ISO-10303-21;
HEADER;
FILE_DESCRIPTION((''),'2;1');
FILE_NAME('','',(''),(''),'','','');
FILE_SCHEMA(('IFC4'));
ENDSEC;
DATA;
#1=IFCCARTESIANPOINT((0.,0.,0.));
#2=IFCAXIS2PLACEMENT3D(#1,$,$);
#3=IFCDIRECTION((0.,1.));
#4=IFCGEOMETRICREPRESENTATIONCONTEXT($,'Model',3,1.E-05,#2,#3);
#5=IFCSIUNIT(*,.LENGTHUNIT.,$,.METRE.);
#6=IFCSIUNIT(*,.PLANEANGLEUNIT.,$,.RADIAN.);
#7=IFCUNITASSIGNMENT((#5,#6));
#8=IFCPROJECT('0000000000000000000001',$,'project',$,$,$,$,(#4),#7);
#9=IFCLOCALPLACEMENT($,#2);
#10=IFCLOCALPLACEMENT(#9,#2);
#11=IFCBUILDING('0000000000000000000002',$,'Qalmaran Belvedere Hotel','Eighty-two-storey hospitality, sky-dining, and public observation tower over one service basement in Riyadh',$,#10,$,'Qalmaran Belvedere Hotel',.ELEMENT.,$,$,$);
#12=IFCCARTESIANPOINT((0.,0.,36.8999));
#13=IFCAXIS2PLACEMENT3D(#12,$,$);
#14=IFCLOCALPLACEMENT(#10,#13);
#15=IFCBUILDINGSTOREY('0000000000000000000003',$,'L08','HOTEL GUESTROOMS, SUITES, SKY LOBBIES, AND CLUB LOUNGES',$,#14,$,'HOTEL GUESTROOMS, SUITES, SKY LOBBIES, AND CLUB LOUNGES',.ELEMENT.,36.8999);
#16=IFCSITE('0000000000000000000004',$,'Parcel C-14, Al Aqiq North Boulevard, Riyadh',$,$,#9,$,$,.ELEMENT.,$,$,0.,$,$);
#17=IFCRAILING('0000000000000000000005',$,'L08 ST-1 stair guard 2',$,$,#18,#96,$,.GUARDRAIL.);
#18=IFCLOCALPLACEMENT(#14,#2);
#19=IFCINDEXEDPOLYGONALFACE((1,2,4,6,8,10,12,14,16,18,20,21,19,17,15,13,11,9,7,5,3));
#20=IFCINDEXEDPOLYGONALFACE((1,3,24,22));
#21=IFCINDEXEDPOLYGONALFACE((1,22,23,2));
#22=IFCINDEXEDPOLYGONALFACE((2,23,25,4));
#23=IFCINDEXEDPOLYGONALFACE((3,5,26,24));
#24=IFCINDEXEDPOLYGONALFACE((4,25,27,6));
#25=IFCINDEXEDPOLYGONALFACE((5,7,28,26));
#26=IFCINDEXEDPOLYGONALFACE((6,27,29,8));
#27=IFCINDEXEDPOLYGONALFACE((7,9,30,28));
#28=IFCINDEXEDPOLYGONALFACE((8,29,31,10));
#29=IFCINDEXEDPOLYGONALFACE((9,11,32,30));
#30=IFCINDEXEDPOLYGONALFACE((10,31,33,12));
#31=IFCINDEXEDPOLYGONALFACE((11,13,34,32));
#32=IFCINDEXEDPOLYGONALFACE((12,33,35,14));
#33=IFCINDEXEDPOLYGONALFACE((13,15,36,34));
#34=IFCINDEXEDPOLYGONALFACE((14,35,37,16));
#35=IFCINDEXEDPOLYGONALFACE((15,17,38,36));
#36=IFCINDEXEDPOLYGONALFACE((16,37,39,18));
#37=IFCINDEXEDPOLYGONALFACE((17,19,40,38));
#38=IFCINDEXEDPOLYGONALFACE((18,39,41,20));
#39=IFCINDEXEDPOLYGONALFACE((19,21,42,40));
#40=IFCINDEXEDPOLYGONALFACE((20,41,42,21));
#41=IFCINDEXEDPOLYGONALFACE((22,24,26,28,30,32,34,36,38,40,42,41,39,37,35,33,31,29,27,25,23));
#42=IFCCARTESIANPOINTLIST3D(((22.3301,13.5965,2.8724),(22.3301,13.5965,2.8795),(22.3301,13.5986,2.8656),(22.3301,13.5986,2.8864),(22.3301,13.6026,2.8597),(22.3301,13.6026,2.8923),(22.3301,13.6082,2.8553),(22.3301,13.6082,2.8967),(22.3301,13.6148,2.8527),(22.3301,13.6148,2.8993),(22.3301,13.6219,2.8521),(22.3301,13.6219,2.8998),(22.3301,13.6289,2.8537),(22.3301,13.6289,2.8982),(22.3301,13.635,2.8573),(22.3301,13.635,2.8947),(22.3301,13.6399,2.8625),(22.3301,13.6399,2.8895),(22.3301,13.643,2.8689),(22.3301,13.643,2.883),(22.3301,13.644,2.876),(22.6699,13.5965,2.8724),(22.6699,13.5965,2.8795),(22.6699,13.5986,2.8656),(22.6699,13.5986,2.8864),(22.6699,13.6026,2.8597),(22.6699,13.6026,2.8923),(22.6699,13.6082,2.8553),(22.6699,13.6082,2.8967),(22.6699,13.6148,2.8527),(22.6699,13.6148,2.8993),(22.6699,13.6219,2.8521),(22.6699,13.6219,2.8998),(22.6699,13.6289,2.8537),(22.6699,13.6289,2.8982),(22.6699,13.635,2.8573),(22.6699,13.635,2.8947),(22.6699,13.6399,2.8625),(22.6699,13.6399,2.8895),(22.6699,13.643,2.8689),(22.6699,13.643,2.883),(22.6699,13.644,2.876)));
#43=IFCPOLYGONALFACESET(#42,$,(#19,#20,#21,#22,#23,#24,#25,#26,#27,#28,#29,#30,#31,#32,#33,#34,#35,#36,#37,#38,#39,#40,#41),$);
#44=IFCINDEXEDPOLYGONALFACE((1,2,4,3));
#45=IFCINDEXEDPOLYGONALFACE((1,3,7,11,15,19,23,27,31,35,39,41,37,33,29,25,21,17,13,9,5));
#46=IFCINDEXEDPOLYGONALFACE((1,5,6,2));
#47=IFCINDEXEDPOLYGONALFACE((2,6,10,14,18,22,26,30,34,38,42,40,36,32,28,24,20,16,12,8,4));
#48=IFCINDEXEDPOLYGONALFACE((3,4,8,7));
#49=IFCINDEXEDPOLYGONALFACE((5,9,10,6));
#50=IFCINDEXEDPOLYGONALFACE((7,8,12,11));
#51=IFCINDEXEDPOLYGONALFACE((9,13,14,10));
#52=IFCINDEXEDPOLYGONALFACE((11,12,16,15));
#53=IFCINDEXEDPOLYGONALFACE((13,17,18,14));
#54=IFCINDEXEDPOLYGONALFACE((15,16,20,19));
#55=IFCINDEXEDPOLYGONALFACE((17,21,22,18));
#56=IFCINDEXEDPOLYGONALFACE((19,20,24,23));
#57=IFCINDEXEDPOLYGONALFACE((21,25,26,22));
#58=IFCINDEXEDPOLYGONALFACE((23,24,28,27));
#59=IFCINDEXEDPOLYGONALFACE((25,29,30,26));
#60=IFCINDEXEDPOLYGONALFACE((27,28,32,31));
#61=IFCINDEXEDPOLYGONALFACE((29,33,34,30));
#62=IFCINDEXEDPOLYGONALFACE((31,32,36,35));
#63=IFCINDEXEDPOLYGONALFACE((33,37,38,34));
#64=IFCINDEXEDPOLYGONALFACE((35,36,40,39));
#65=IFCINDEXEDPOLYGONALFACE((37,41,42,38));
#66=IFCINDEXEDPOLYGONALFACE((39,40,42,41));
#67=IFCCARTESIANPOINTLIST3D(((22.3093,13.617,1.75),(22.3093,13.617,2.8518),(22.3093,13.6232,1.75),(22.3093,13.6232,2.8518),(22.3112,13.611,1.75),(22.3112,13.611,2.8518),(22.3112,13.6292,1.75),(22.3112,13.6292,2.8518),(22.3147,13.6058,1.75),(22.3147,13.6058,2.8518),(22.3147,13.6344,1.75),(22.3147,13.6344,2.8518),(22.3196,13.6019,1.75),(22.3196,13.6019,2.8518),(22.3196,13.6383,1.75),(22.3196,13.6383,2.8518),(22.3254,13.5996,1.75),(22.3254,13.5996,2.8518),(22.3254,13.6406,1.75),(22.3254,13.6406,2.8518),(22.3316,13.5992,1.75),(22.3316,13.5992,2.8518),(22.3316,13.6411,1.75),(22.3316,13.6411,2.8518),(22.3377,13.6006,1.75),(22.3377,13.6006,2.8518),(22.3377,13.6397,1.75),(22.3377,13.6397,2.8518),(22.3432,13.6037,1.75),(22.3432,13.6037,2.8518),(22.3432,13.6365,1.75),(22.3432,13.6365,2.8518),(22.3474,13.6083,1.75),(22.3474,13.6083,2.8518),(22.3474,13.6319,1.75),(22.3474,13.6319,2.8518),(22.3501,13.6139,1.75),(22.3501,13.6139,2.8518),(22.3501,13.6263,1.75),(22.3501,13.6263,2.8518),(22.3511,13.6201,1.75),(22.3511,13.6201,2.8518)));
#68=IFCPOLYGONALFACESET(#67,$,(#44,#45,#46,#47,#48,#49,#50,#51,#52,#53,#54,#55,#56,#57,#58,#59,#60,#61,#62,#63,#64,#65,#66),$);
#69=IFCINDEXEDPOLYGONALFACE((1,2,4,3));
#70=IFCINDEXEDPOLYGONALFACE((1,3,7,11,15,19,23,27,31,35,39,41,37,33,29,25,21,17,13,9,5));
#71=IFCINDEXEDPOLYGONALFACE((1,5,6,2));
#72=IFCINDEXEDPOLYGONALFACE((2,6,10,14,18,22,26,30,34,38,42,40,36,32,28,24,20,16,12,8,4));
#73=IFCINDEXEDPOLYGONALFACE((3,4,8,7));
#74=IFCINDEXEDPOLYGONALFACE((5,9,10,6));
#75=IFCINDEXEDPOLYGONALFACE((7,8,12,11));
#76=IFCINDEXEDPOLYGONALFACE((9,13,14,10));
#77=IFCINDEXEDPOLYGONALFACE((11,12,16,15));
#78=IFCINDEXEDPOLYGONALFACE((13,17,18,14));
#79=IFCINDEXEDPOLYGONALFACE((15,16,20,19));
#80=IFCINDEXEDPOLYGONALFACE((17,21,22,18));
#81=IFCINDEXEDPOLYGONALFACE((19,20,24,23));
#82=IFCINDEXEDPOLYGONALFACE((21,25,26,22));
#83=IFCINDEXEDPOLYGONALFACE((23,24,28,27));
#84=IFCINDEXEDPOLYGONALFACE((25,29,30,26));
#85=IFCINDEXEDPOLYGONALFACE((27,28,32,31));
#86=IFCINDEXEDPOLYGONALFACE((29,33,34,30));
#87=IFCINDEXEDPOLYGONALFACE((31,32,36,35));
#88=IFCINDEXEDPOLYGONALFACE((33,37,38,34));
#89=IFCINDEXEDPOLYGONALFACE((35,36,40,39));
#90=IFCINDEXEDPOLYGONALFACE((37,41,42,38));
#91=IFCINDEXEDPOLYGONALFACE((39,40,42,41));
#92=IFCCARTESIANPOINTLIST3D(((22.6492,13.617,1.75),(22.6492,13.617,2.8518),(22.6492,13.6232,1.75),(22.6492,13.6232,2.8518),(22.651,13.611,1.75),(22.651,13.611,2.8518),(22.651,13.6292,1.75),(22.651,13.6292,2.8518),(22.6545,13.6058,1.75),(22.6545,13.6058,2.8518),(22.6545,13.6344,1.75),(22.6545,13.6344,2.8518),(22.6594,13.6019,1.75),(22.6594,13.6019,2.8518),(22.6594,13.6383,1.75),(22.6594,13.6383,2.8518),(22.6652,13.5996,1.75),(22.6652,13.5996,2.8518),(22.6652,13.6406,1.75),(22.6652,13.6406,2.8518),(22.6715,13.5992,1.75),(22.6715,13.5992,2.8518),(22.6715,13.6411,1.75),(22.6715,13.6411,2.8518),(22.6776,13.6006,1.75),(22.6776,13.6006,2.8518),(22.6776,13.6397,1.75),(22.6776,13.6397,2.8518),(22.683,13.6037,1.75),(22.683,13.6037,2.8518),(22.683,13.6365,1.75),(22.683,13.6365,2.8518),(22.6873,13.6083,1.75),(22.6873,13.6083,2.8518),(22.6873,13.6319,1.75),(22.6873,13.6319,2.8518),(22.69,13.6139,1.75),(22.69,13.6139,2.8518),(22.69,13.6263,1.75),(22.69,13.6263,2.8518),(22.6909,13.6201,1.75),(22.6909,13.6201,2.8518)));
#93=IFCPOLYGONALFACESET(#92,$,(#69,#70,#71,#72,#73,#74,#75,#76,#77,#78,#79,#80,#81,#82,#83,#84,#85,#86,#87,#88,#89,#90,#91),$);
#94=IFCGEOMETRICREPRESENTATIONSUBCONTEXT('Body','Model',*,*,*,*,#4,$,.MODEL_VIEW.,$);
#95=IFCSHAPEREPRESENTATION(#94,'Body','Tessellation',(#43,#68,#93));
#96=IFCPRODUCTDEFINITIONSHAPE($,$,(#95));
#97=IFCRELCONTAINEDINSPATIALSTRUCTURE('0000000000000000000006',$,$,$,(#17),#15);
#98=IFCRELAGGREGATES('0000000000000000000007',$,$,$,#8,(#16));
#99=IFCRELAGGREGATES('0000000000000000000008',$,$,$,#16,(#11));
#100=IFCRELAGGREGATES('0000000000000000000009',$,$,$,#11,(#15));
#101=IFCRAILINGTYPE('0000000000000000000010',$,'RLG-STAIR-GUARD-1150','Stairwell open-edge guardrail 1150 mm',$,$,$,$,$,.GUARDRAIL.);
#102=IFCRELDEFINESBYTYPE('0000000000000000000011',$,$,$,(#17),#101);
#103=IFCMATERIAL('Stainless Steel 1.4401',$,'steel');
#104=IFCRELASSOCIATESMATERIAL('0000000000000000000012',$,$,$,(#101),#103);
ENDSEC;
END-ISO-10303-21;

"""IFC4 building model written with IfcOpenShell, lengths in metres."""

from ifc_helpers import new_model, si_unit, direction, frame, origin, origin_2d, place, context, subcontext, project, spatial, circle, extrude, material, type_object, element, save


model = new_model("IFC4")

# Units and contexts
model_context = context("Model", 3, precision=1e-05, world=origin(), true_north=direction((0.0, 1.0)))
body_context = subcontext(model_context, "Body", "Model", "MODEL_VIEW")
ifc_project = project(units=[si_unit("LENGTHUNIT", "METRE"), si_unit("PLANEANGLEUNIT", "RADIAN")], contexts=[model_context])

# Site, building, storey
site_placement = place(None, origin())
site = spatial("IfcSite", under=ifc_project, at=site_placement, Name="Parcel C-14, Al Aqiq North Boulevard, Riyadh", CompositionType="ELEMENT", RefElevation=0.0)
building_placement = place(site_placement, origin())
building = spatial("IfcBuilding", under=site, at=building_placement, Name="Qalmaran Belvedere Hotel", Description="Eighty-two-storey hospitality, sky-dining, and public observation tower over one service basement in Riyadh", LongName="Qalmaran Belvedere Hotel", CompositionType="ELEMENT")
storey_placement = place(building_placement, frame((0.0, 0.0, 36.8999)))
storey = spatial("IfcBuildingStorey", under=building, at=storey_placement, Name="L08", Description="HOTEL GUESTROOMS, SUITES, SKY LOBBIES, AND CLUB LOUNGES", LongName="HOTEL GUESTROOMS, SUITES, SKY LOBBIES, AND CLUB LOUNGES", CompositionType="ELEMENT", Elevation=36.8999)

# Railing
ifc_material_1 = material(Name="Stainless Steel 1.4401", Category="steel")
railing_type_1 = type_object("IfcRailingType", Name="RLG-STAIR-GUARD-1150", Description="Stairwell open-edge guardrail 1150 mm", PredefinedType="GUARDRAIL", material=ifc_material_1)
railing_1_placement = place(storey_placement, frame((22.3301, 13.6201, 1.75)))
element("IfcRailing", 1, at=railing_1_placement, inside=storey, type_object=railing_type_1, Name="L08 ST-1 stair guard 2", PredefinedType="GUARDRAIL", context=body_context, shape_type="SweptSolid", body=[
    extrude(circle(Radius=0.0239, at=origin_2d()), frame((0.0, 0.0, 1.126), z_axis=(1.0, 0.0, 0.0), x_axis=(0.0, 1.0, 0.0)), (0.0, 0.0, 1.0), 0.3398),
    extrude(circle(Radius=0.021, at=origin_2d()), origin(), (0.0, 0.0, 1.0), 1.1018),
    extrude(circle(Radius=0.021, at=origin_2d()), frame((0.3398, 0.0, 0.0)), (0.0, 0.0, 1.0), 1.1018),
])

save(model, "model.ifc")
